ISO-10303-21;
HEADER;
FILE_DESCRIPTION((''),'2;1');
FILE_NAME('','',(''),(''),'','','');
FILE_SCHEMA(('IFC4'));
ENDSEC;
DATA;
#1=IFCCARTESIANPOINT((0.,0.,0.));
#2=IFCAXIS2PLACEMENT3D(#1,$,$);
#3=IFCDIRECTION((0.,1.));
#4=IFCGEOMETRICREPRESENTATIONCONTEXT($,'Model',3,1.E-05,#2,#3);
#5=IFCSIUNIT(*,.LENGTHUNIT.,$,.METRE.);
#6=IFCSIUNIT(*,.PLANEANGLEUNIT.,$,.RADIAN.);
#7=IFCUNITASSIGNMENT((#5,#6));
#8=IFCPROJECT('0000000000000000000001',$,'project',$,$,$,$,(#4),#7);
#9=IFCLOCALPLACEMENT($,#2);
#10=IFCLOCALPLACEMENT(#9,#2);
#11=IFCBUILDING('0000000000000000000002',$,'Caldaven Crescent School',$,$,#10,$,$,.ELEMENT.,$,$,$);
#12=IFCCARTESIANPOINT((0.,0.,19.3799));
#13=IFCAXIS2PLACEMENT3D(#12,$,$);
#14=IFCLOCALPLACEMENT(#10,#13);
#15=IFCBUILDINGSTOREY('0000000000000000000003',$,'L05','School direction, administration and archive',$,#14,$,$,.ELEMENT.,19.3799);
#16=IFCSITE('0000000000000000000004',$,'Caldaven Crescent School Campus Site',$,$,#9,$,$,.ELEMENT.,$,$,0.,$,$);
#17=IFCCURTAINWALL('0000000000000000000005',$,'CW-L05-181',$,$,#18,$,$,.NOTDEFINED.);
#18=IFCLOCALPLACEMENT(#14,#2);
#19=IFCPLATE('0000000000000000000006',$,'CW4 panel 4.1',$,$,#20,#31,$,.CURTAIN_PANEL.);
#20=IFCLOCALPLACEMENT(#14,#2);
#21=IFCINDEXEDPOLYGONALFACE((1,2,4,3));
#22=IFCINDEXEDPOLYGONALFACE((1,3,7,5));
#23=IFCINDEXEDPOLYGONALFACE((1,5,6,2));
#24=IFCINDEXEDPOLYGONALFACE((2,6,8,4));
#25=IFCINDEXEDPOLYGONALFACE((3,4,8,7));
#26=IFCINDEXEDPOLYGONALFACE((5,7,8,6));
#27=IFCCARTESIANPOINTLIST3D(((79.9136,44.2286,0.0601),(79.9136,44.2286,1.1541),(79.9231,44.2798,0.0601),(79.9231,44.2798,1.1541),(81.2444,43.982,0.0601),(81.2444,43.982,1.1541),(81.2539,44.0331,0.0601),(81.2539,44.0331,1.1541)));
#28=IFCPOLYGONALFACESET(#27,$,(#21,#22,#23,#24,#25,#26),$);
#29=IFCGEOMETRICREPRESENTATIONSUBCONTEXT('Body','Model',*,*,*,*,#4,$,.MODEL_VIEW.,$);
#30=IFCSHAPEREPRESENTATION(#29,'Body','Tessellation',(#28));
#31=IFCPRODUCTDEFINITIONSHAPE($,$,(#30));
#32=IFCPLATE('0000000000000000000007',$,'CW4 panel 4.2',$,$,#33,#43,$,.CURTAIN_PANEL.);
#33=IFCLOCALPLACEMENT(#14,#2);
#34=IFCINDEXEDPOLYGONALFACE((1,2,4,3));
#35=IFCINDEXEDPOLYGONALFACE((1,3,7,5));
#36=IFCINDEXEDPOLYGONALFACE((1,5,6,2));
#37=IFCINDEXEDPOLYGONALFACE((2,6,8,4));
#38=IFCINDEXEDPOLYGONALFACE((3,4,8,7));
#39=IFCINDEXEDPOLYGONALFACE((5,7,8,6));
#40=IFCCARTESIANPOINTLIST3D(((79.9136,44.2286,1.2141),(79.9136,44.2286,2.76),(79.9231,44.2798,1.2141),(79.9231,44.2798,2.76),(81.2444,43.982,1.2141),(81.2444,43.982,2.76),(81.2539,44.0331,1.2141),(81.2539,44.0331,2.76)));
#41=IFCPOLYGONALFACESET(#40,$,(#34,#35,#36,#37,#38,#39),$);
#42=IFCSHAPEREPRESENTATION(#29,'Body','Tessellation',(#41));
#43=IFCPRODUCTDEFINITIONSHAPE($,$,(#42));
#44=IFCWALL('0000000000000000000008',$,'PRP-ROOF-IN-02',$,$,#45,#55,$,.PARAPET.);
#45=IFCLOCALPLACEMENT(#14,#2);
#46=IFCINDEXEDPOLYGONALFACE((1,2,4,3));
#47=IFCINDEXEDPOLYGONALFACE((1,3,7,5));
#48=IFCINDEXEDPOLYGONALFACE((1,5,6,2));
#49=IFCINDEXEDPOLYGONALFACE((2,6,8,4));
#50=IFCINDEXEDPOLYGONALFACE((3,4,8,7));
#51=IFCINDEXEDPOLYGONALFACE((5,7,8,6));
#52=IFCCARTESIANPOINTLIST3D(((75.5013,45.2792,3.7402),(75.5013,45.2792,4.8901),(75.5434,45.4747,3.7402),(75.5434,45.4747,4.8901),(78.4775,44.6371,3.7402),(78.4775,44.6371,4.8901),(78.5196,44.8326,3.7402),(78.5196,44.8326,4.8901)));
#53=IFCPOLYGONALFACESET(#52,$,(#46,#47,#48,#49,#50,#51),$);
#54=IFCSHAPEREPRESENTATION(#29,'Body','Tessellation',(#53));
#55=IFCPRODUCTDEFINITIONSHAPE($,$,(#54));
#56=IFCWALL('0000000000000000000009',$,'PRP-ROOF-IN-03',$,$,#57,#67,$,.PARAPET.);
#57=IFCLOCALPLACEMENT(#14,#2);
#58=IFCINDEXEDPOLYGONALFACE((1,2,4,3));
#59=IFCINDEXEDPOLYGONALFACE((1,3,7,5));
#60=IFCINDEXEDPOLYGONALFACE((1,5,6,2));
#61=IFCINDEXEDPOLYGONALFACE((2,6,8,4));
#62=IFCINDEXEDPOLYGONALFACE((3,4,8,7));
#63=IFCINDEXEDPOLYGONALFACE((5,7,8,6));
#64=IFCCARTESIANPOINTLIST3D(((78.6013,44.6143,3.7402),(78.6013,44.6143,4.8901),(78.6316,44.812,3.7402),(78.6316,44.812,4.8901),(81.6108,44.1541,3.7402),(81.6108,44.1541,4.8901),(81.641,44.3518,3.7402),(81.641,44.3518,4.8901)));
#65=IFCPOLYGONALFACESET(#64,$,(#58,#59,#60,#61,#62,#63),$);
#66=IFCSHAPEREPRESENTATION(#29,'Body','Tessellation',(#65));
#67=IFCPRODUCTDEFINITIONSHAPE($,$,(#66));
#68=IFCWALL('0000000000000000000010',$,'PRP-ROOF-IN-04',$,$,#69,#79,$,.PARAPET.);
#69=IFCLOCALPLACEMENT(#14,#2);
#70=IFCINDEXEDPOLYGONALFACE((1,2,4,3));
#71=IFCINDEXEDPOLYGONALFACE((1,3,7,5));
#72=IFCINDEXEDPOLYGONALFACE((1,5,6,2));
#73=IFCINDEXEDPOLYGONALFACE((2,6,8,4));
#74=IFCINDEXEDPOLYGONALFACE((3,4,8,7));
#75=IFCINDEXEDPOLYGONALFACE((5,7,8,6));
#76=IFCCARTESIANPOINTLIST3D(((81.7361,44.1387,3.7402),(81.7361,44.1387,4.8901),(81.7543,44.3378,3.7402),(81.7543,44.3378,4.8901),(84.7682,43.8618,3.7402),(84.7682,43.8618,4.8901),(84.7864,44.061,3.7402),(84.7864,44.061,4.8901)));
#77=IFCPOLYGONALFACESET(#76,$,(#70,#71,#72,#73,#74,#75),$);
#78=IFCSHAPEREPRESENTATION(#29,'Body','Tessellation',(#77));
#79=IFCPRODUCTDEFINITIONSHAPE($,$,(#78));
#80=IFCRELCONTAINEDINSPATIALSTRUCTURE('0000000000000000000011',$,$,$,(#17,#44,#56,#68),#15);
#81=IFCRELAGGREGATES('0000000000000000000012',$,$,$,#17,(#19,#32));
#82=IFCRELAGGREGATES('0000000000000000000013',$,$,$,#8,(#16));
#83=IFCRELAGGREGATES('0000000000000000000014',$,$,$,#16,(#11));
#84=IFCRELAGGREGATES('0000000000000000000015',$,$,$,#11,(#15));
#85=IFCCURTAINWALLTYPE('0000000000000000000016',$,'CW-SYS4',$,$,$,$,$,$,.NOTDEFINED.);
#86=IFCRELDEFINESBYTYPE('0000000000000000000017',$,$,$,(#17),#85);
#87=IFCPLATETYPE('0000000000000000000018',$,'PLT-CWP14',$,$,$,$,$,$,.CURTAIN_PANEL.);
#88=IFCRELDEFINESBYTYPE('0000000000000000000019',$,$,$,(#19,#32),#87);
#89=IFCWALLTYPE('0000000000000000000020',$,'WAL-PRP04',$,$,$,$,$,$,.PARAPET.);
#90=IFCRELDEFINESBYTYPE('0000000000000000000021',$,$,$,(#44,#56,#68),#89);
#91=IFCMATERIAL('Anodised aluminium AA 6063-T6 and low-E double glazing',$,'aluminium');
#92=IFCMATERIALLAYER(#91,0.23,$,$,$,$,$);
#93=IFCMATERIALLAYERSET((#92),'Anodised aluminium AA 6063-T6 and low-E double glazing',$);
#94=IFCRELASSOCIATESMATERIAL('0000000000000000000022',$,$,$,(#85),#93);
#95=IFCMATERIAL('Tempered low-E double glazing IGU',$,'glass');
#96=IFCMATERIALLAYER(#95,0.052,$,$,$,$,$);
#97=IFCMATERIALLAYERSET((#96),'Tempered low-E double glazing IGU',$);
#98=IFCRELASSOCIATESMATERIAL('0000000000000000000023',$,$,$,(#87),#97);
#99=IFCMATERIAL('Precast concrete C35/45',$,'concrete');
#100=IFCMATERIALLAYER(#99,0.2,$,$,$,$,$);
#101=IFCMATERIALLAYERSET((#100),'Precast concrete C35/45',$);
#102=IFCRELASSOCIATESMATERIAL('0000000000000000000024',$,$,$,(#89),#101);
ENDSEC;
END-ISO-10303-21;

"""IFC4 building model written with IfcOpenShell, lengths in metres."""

from ifc_helpers import new_model, si_unit, direction, frame, frame_2d, origin, origin_2d, place, context, subcontext, project, spatial, rectangle, extrude, material, layer, layer_set, type_object, element, aggregate, save


model = new_model("IFC4")

# Units and contexts
model_context = context("Model", 3, precision=1e-05, world=origin(), true_north=direction((0.0, 1.0)))
body_context = subcontext(model_context, "Body", "Model", "MODEL_VIEW")
ifc_project = project(units=[si_unit("LENGTHUNIT", "METRE"), si_unit("PLANEANGLEUNIT", "RADIAN")], contexts=[model_context])

# Site, building, storey
site_placement = place(None, origin())
site = spatial("IfcSite", under=ifc_project, at=site_placement, Name="Caldaven Crescent School Campus Site", CompositionType="ELEMENT", RefElevation=0.0)
building_placement = place(site_placement, origin())
building = spatial("IfcBuilding", under=site, at=building_placement, Name="Caldaven Crescent School", CompositionType="ELEMENT")
storey_placement = place(building_placement, frame((0.0, 0.0, 19.3799)))
storey = spatial("IfcBuildingStorey", under=building, at=storey_placement, Name="L05", Description="School direction, administration and archive", CompositionType="ELEMENT", Elevation=19.3799)

# Shared definitions
ifc_material_1 = material(Name="Anodised aluminium AA 6063-T6 and low-E double glazing", Category="aluminium")

# Curtain wall
ifc_layer_1 = layer(ifc_material_1, 0.23)
ifc_layer_set_1 = layer_set([ifc_layer_1], Name="Anodised aluminium AA 6063-T6 and low-E double glazing")
curtain_wall_type_1 = type_object("IfcCurtainWallType", Name="CW-SYS4", PredefinedType="NOTDEFINED", material=ifc_layer_set_1)
curtain_wall_1_placement = place(storey_placement, origin())
curtain_wall_1 = element("IfcCurtainWall", 1, at=curtain_wall_1_placement, inside=storey, type_object=curtain_wall_type_1, Name="CW-L05-181", PredefinedType="NOTDEFINED")

# Plates
ifc_material_2 = material(Name="Tempered low-E double glazing IGU", Category="glass")
ifc_layer_2 = layer(ifc_material_2, 0.052)
ifc_layer_set_2 = layer_set([ifc_layer_2], Name="Tempered low-E double glazing IGU")
plate_type = type_object("IfcPlateType", Name="PLT-CWP14", PredefinedType="CURTAIN_PANEL", material=ifc_layer_set_2)
plate_1_placement = place(storey_placement, frame((80.5837, 44.1309, 0.0601), z_axis=(0.0, 0.0, 1.0), x_axis=(0.983255, -0.182236, 0.0)))
plate_1 = element("IfcPlate", 2, at=plate_1_placement, type_object=plate_type, Name="CW4 panel 4.1", PredefinedType="CURTAIN_PANEL", context=body_context, shape_type="SweptSolid", body=[
    extrude(rectangle(XDim=1.3535, YDim=0.052, at=origin_2d()), origin(), (0.0, 0.0, 1.0), 1.094),
])
plate_2_placement = place(storey_placement, frame((80.5837, 44.1309, 1.2141), z_axis=(0.0, 0.0, 1.0), x_axis=(0.983255, -0.182236, 0.0)))
plate_2 = element("IfcPlate", 3, at=plate_2_placement, type_object=plate_type, Name="CW4 panel 4.2", PredefinedType="CURTAIN_PANEL", context=body_context, shape_type="SweptSolid", body=[
    extrude(rectangle(XDim=1.3535, YDim=0.052, at=origin_2d()), origin(), (0.0, 0.0, 1.0), 1.5459),
])
aggregate(curtain_wall_1, [plate_1, plate_2])

# Walls
ifc_material_3 = material(Name="Precast concrete C35/45", Category="concrete")
ifc_layer_3 = layer(ifc_material_3, 0.2)
ifc_layer_set_3 = layer_set([ifc_layer_3], Name="Precast concrete C35/45")
wall_type = type_object("IfcWallType", Name="WAL-PRP04", PredefinedType="PARAPET", material=ifc_layer_set_3)
wall_1_placement = place(storey_placement, frame((75.5222, 45.377, 3.7402), z_axis=(0.0, 0.0, 1.0), x_axis=(0.977512, -0.210881, 0.0)))
element("IfcWall", 4, at=wall_1_placement, inside=storey, type_object=wall_type, Name="PRP-ROOF-IN-02", PredefinedType="PARAPET", context=body_context, shape_type="SweptSolid", body=[
    extrude(rectangle(XDim=3.0447, YDim=0.2, at=frame_2d((1.5225, 0.0))), origin(), (0.0, 0.0, 1.0), 1.1499),
])
wall_2_placement = place(storey_placement, frame((78.6165, 44.7131, 3.7402), z_axis=(0.0, 0.0, 1.0), x_axis=(0.988509, -0.151159, 0.0)))
element("IfcWall", 5, at=wall_2_placement, inside=storey, type_object=wall_type, Name="PRP-ROOF-IN-03", PredefinedType="PARAPET", context=body_context, shape_type="SweptSolid", body=[
    extrude(rectangle(XDim=3.0444, YDim=0.2, at=frame_2d((1.5222, 0.0))), origin(), (0.0, 0.0, 1.0), 1.1499),
])
wall_3_placement = place(storey_placement, frame((81.7451, 44.2383, 3.7402), z_axis=(0.0, 0.0, 1.0), x_axis=(0.995857, -0.090933, 0.0)))
element("IfcWall", 6, at=wall_3_placement, inside=storey, type_object=wall_type, Name="PRP-ROOF-IN-04", PredefinedType="PARAPET", context=body_context, shape_type="SweptSolid", body=[
    extrude(rectangle(XDim=3.0447, YDim=0.2, at=frame_2d((1.5225, 0.0))), origin(), (0.0, 0.0, 1.0), 1.1499),
])

save(model, "model.ifc")
